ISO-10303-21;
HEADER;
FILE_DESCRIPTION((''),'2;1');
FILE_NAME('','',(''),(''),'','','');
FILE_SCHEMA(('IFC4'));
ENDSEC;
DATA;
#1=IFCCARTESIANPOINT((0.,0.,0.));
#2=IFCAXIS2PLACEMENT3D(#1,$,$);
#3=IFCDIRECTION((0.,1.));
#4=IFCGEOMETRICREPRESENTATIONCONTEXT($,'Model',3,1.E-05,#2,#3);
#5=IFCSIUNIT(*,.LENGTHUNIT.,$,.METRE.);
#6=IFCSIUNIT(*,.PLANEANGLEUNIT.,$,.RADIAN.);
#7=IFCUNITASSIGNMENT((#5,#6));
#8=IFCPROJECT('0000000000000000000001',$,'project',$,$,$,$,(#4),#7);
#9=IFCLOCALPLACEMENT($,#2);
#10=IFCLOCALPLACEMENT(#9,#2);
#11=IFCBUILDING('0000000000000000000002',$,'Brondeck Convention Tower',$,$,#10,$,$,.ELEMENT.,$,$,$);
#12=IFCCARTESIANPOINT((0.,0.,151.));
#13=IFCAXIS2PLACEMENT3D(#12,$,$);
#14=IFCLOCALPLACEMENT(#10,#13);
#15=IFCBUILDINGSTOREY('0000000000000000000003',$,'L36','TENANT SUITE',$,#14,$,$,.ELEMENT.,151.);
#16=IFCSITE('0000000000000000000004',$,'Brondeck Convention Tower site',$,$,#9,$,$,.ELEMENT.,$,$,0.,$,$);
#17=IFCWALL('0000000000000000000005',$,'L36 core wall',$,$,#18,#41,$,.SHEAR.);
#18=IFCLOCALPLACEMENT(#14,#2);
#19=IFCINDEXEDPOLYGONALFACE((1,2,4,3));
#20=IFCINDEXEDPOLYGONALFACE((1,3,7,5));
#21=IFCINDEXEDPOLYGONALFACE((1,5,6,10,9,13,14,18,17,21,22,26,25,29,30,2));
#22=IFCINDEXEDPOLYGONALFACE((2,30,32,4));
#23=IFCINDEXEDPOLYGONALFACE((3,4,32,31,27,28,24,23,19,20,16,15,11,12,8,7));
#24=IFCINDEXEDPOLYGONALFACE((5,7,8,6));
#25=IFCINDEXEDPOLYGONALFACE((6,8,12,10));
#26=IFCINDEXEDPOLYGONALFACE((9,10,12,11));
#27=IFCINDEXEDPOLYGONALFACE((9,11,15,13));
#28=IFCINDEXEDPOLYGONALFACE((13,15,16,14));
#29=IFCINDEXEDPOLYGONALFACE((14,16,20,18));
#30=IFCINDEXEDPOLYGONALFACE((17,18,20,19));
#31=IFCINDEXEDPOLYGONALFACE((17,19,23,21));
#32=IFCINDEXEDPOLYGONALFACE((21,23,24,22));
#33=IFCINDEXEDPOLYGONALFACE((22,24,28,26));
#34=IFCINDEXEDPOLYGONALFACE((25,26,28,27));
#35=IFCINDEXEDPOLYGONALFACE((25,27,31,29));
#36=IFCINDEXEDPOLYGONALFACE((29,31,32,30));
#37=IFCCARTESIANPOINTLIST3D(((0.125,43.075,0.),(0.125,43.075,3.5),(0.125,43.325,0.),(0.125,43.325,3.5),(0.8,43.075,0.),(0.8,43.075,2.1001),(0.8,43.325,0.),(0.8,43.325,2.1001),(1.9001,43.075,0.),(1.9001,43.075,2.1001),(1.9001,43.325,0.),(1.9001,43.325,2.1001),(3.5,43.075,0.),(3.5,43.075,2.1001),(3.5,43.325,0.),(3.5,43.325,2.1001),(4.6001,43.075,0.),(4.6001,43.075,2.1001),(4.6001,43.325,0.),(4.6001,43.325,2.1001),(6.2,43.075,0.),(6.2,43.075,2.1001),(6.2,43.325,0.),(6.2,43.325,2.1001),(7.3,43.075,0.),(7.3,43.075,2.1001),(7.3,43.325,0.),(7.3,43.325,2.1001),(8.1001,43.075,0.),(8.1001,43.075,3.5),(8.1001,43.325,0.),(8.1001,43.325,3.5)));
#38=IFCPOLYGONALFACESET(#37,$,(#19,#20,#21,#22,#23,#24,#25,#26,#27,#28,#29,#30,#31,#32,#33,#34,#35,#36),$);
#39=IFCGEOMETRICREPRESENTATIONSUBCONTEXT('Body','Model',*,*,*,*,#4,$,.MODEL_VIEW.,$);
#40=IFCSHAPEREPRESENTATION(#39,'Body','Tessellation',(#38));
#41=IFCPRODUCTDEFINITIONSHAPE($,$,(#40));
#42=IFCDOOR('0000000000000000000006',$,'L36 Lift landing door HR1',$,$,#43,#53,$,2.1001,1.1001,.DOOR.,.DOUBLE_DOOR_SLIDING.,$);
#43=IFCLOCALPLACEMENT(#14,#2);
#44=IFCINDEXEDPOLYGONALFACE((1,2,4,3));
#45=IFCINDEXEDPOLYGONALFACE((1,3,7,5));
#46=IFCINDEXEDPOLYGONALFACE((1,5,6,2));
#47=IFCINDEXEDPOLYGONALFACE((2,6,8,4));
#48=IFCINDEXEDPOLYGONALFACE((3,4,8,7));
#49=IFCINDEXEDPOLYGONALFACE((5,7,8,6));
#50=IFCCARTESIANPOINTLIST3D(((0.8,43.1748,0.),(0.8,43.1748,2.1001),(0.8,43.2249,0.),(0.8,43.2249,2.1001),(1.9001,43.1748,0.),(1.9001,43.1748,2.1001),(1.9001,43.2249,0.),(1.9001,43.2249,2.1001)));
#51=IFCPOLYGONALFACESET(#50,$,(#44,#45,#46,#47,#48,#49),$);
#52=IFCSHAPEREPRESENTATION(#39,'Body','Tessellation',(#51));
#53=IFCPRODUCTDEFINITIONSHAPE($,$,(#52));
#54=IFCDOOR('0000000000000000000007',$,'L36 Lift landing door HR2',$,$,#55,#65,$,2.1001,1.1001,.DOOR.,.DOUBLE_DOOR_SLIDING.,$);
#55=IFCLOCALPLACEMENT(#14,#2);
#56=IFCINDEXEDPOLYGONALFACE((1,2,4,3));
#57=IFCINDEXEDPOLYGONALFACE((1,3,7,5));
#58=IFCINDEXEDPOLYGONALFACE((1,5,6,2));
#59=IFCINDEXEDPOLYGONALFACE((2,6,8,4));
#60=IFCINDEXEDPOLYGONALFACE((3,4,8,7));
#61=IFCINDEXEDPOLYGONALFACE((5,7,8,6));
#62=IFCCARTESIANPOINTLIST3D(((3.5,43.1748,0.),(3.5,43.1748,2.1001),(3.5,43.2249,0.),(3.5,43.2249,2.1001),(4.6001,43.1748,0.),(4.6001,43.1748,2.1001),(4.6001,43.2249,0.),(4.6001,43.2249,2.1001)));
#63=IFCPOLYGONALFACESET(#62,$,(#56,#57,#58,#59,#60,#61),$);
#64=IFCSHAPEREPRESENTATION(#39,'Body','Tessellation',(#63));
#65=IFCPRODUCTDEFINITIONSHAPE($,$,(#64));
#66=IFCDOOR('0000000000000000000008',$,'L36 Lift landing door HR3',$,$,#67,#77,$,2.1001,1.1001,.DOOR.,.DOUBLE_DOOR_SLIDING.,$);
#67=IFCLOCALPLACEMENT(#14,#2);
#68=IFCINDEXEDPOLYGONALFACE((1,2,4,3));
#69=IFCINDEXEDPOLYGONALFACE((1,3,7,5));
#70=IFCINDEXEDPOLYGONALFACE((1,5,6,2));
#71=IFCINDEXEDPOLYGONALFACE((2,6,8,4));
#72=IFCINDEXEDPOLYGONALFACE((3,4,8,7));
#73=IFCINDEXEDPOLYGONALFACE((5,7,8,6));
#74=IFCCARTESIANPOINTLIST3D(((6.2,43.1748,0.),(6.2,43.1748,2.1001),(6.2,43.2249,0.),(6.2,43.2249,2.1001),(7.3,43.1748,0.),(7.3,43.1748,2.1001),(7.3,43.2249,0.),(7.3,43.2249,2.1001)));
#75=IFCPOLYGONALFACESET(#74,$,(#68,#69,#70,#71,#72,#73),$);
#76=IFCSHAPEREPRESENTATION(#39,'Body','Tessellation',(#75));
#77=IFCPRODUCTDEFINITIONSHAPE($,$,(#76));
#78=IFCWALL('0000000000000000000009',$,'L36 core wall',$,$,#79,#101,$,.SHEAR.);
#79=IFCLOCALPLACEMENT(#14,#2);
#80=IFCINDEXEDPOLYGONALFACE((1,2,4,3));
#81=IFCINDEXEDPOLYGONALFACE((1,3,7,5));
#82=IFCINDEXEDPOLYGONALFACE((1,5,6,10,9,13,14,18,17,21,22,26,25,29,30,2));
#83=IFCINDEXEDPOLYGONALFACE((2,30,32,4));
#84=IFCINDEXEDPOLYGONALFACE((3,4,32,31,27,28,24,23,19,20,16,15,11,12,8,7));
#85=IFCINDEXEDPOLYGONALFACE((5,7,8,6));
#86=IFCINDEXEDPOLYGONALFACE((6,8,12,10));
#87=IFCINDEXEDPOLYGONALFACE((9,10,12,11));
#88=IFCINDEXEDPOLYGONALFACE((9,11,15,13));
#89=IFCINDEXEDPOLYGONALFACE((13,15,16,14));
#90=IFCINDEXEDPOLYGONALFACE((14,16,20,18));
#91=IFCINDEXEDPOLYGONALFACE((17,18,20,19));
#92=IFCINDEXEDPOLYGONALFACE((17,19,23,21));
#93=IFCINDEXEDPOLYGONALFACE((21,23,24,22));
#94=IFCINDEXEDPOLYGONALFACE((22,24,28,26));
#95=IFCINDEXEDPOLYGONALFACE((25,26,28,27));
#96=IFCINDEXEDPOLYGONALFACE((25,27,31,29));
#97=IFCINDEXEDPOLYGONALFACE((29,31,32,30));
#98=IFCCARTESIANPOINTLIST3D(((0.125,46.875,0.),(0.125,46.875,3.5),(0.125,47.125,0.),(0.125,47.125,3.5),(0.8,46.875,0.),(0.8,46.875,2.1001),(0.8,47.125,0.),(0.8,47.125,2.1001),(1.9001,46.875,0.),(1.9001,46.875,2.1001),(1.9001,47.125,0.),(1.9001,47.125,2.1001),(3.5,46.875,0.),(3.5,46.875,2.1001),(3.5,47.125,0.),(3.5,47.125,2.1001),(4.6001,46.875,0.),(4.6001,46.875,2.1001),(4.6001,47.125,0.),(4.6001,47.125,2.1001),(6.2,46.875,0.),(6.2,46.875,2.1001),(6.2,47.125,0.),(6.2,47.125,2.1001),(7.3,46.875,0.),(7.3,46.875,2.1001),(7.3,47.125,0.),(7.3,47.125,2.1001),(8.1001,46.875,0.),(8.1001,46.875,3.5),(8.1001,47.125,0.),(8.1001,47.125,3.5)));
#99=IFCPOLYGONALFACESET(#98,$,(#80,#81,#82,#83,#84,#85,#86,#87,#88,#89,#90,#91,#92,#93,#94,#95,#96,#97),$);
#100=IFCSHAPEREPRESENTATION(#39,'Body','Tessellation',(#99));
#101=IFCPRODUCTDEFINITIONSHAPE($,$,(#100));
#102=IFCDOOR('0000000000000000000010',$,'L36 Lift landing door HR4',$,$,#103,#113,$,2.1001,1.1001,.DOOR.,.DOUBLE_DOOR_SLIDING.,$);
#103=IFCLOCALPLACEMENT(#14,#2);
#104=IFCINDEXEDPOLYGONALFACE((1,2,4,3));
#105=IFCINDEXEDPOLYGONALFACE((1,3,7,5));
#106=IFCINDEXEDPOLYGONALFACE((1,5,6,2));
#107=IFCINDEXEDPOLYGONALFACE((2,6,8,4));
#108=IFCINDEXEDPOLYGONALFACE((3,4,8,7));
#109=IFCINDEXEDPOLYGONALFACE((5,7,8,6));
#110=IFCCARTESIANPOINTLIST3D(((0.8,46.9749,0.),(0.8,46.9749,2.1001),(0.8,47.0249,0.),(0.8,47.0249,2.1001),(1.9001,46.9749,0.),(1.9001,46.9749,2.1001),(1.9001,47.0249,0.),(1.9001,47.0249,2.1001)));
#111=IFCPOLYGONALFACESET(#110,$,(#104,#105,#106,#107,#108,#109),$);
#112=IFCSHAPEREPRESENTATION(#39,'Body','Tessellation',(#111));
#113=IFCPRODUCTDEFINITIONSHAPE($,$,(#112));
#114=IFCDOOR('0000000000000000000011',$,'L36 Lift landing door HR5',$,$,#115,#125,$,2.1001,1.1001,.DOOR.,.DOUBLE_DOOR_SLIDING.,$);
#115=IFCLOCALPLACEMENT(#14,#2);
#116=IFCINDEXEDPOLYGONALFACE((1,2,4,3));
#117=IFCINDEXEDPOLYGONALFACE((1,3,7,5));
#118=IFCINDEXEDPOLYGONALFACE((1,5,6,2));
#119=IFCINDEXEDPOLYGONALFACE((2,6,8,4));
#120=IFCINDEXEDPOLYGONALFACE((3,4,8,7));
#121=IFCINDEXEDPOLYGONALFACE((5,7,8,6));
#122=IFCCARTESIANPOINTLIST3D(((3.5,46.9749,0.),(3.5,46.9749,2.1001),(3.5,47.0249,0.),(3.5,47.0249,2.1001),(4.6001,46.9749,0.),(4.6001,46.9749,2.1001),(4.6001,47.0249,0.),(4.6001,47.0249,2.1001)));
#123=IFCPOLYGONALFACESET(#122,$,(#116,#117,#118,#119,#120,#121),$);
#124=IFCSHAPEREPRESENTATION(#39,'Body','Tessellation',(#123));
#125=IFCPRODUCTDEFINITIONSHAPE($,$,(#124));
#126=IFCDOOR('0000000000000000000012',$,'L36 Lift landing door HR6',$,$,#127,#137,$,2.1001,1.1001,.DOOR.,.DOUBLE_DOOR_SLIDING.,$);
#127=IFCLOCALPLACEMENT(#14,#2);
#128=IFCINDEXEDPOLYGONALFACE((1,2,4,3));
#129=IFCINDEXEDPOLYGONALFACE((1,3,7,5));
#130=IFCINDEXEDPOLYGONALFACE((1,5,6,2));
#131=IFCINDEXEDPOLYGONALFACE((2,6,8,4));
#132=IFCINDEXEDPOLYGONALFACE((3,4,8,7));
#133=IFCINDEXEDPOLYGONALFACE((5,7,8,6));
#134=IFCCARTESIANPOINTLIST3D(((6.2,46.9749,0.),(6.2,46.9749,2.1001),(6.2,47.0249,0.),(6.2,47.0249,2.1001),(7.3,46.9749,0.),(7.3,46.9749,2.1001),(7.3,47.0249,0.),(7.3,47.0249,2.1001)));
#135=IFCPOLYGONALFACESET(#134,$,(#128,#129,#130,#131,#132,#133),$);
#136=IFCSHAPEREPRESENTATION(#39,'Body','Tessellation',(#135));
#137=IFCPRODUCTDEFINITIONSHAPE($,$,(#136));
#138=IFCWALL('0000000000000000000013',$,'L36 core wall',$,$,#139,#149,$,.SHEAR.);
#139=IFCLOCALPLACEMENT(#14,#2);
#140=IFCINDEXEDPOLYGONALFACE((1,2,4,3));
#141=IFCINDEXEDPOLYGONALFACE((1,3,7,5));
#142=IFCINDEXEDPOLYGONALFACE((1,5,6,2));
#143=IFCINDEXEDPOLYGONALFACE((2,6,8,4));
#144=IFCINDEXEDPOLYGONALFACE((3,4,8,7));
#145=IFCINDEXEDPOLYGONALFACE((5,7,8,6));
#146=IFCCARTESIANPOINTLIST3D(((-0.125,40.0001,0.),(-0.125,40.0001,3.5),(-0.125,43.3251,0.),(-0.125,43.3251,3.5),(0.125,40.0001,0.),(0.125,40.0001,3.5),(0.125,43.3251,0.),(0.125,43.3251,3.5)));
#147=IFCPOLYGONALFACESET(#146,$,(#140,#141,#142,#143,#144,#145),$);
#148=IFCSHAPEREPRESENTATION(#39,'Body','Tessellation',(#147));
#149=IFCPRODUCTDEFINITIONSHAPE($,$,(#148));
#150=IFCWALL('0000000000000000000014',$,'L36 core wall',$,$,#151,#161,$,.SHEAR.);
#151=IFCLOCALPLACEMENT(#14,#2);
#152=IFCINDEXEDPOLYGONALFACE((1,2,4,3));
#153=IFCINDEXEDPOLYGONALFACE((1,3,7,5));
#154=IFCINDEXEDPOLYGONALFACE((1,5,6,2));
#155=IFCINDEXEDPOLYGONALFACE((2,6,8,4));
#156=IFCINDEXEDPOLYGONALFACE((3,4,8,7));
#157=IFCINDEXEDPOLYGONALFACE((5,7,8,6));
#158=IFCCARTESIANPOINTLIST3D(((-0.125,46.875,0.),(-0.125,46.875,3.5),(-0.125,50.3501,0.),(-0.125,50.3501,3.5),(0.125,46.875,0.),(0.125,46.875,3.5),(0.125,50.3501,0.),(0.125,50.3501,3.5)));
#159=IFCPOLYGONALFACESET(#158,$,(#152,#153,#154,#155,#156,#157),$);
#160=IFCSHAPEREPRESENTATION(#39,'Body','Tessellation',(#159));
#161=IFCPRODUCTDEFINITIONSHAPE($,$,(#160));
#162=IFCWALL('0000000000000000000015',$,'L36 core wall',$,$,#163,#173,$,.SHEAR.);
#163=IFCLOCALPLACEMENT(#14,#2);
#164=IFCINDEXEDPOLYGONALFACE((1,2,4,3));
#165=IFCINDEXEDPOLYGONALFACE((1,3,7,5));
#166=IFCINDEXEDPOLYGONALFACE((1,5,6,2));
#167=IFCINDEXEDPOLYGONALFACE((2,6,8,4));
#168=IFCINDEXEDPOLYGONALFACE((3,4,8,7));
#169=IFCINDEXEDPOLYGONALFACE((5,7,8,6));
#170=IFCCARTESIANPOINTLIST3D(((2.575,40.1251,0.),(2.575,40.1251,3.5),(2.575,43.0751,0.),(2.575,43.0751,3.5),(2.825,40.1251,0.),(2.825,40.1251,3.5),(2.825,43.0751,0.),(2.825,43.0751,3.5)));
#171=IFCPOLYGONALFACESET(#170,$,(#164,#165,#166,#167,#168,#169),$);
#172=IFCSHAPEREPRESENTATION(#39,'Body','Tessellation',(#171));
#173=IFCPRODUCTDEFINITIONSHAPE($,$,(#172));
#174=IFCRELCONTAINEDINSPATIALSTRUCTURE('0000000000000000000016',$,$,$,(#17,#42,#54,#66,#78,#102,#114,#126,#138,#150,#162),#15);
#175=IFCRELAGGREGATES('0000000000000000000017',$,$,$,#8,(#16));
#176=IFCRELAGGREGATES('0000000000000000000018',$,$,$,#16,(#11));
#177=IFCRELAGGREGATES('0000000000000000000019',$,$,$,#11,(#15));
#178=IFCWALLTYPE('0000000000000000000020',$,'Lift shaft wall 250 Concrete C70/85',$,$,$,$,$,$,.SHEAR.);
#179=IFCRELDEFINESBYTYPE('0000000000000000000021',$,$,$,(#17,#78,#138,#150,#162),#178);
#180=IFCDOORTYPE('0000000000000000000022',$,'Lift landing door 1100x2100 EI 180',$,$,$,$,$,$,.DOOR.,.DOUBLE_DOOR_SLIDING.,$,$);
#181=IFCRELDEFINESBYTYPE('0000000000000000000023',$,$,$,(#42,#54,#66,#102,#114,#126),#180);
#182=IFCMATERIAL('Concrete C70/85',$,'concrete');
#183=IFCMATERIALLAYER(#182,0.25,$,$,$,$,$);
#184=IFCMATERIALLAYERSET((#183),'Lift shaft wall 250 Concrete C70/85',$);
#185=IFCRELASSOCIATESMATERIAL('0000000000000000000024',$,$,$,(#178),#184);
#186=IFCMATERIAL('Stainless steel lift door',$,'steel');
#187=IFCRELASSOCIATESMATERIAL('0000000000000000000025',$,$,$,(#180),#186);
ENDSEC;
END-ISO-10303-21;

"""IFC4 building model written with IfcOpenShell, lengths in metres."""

from ifc_helpers import new_model, si_unit, direction, frame, frame_2d, origin, place, context, subcontext, project, spatial, rectangle, extrude, material, layer, layer_set, type_object, element, fill, save


model = new_model("IFC4")

# Units and contexts
model_context = context("Model", 3, precision=1e-05, world=origin(), true_north=direction((0.0, 1.0)))
body_context = subcontext(model_context, "Body", "Model", "MODEL_VIEW")
ifc_project = project(units=[si_unit("LENGTHUNIT", "METRE"), si_unit("PLANEANGLEUNIT", "RADIAN")], contexts=[model_context])

# Site, building, storey
site_placement = place(None, origin())
site = spatial("IfcSite", under=ifc_project, at=site_placement, Name="Brondeck Convention Tower site", CompositionType="ELEMENT", RefElevation=0.0)
building_placement = place(site_placement, origin())
building = spatial("IfcBuilding", under=site, at=building_placement, Name="Brondeck Convention Tower", CompositionType="ELEMENT")
storey_placement = place(building_placement, frame((0.0, 0.0, 151.0)))
storey = spatial("IfcBuildingStorey", under=building, at=storey_placement, Name="L36", Description="TENANT SUITE", CompositionType="ELEMENT", Elevation=151.0)

# Shared definitions
ifc_material_1 = material(Name="Concrete C70/85", Category="concrete")

# Shared definitions
ifc_layer_1 = layer(ifc_material_1, 0.25)
ifc_layer_set_1 = layer_set([ifc_layer_1], Name="Lift shaft wall 250 Concrete C70/85")
wall_type_1 = type_object("IfcWallType", Name="Lift shaft wall 250 Concrete C70/85", PredefinedType="SHEAR", material=ifc_layer_set_1)

# Walls, openings, doors
wall_1_placement = place(storey_placement, frame((0.125, 43.2, 0.0), z_axis=(0.0, 0.0, 1.0), x_axis=(1.0, 0.0, 0.0)))
wall_1 = element("IfcWall", 1, at=wall_1_placement, inside=storey, type_object=wall_type_1, Name="L36 core wall", PredefinedType="SHEAR", context=body_context, shape_type="SweptSolid", body=[
    extrude(rectangle(XDim=7.9751, YDim=0.25, at=frame_2d((3.9875, 0.0))), origin(), (0.0, 0.0, 1.0), 3.5),
])
opening_1_placement = place(wall_1_placement, frame((0.675, 0.0, 0.0)))
opening_1 = element("IfcOpeningElement", 2, at=opening_1_placement, cuts=wall_1, PredefinedType="OPENING", context=body_context, shape_type="SweptSolid", body=[
    extrude(rectangle(XDim=1.1001, YDim=2.1001, at=frame_2d((0.55, 1.05))), frame((0.0, 0.135, 0.0), z_axis=(0.0, -1.0, 0.0), x_axis=(1.0, 0.0, 0.0)), (0.0, 0.0, 1.0), 0.27),
])
opening_2_placement = place(wall_1_placement, frame((3.375, 0.0, 0.0)))
opening_2 = element("IfcOpeningElement", 3, at=opening_2_placement, cuts=wall_1, PredefinedType="OPENING", context=body_context, shape_type="SweptSolid", body=[
    extrude(rectangle(XDim=1.1001, YDim=2.1001, at=frame_2d((0.55, 1.05))), frame((0.0, 0.135, 0.0), z_axis=(0.0, -1.0, 0.0), x_axis=(1.0, 0.0, 0.0)), (0.0, 0.0, 1.0), 0.27),
])
opening_3_placement = place(wall_1_placement, frame((6.075, 0.0, 0.0)))
opening_3 = element("IfcOpeningElement", 4, at=opening_3_placement, cuts=wall_1, PredefinedType="OPENING", context=body_context, shape_type="SweptSolid", body=[
    extrude(rectangle(XDim=1.1001, YDim=2.1001, at=frame_2d((0.55, 1.05))), frame((0.0, 0.135, 0.0), z_axis=(0.0, -1.0, 0.0), x_axis=(1.0, 0.0, 0.0)), (0.0, 0.0, 1.0), 0.27),
])
ifc_material_2 = material(Name="Stainless steel lift door", Category="steel")
door_type_1 = type_object("IfcDoorType", Name="Lift landing door 1100x2100 EI 180", OperationType="DOUBLE_DOOR_SLIDING", PredefinedType="DOOR", material=ifc_material_2)
door_1_placement = place(opening_1_placement, origin())
door_1 = element("IfcDoor", 5, at=door_1_placement, inside=storey, type_object=door_type_1, Name="L36 Lift landing door HR1", OperationType="DOUBLE_DOOR_SLIDING", OverallHeight=2.1001, OverallWidth=1.1001, PredefinedType="DOOR", context=body_context, shape_type="SweptSolid", body=[
    extrude(rectangle(XDim=1.1001, YDim=2.1001, at=frame_2d((0.55, 1.05))), frame((0.0, 0.0249, 0.0), z_axis=(0.0, -1.0, 0.0), x_axis=(1.0, 0.0, 0.0)), (0.0, 0.0, 1.0), 0.05),
])
fill(opening_1, door_1)
door_2_placement = place(opening_2_placement, origin())
door_2 = element("IfcDoor", 6, at=door_2_placement, inside=storey, type_object=door_type_1, Name="L36 Lift landing door HR2", OperationType="DOUBLE_DOOR_SLIDING", OverallHeight=2.1001, OverallWidth=1.1001, PredefinedType="DOOR", context=body_context, shape_type="SweptSolid", body=[
    extrude(rectangle(XDim=1.1001, YDim=2.1001, at=frame_2d((0.55, 1.05))), frame((0.0, 0.0249, 0.0), z_axis=(0.0, -1.0, 0.0), x_axis=(1.0, 0.0, 0.0)), (0.0, 0.0, 1.0), 0.05),
])
fill(opening_2, door_2)
door_3_placement = place(opening_3_placement, origin())
door_3 = element("IfcDoor", 7, at=door_3_placement, inside=storey, type_object=door_type_1, Name="L36 Lift landing door HR3", OperationType="DOUBLE_DOOR_SLIDING", OverallHeight=2.1001, OverallWidth=1.1001, PredefinedType="DOOR", context=body_context, shape_type="SweptSolid", body=[
    extrude(rectangle(XDim=1.1001, YDim=2.1001, at=frame_2d((0.55, 1.05))), frame((0.0, 0.0249, 0.0), z_axis=(0.0, -1.0, 0.0), x_axis=(1.0, 0.0, 0.0)), (0.0, 0.0, 1.0), 0.05),
])
fill(opening_3, door_3)
wall_2_placement = place(storey_placement, frame((0.125, 47.0, 0.0), z_axis=(0.0, 0.0, 1.0), x_axis=(1.0, 0.0, 0.0)))
wall_2 = element("IfcWall", 8, at=wall_2_placement, inside=storey, type_object=wall_type_1, Name="L36 core wall", PredefinedType="SHEAR", context=body_context, shape_type="SweptSolid", body=[
    extrude(rectangle(XDim=7.9751, YDim=0.25, at=frame_2d((3.9875, 0.0))), origin(), (0.0, 0.0, 1.0), 3.5),
])
opening_4_placement = place(wall_2_placement, frame((0.675, 0.0, 0.0)))
opening_4 = element("IfcOpeningElement", 9, at=opening_4_placement, cuts=wall_2, PredefinedType="OPENING", context=body_context, shape_type="SweptSolid", body=[
    extrude(rectangle(XDim=1.1001, YDim=2.1001, at=frame_2d((0.55, 1.05))), frame((0.0, 0.135, 0.0), z_axis=(0.0, -1.0, 0.0), x_axis=(1.0, 0.0, 0.0)), (0.0, 0.0, 1.0), 0.27),
])
opening_5_placement = place(wall_2_placement, frame((3.375, 0.0, 0.0)))
opening_5 = element("IfcOpeningElement", 10, at=opening_5_placement, cuts=wall_2, PredefinedType="OPENING", context=body_context, shape_type="SweptSolid", body=[
    extrude(rectangle(XDim=1.1001, YDim=2.1001, at=frame_2d((0.55, 1.05))), frame((0.0, 0.135, 0.0), z_axis=(0.0, -1.0, 0.0), x_axis=(1.0, 0.0, 0.0)), (0.0, 0.0, 1.0), 0.27),
])
opening_6_placement = place(wall_2_placement, frame((6.075, 0.0, 0.0)))
opening_6 = element("IfcOpeningElement", 11, at=opening_6_placement, cuts=wall_2, PredefinedType="OPENING", context=body_context, shape_type="SweptSolid", body=[
    extrude(rectangle(XDim=1.1001, YDim=2.1001, at=frame_2d((0.55, 1.05))), frame((0.0, 0.135, 0.0), z_axis=(0.0, -1.0, 0.0), x_axis=(1.0, 0.0, 0.0)), (0.0, 0.0, 1.0), 0.27),
])
door_4_placement = place(opening_4_placement, origin())
door_4 = element("IfcDoor", 12, at=door_4_placement, inside=storey, type_object=door_type_1, Name="L36 Lift landing door HR4", OperationType="DOUBLE_DOOR_SLIDING", OverallHeight=2.1001, OverallWidth=1.1001, PredefinedType="DOOR", context=body_context, shape_type="SweptSolid", body=[
    extrude(rectangle(XDim=1.1001, YDim=2.1001, at=frame_2d((0.55, 1.05))), frame((0.0, 0.0249, 0.0), z_axis=(0.0, -1.0, 0.0), x_axis=(1.0, 0.0, 0.0)), (0.0, 0.0, 1.0), 0.05),
])
fill(opening_4, door_4)
door_5_placement = place(opening_5_placement, origin())
door_5 = element("IfcDoor", 13, at=door_5_placement, inside=storey, type_object=door_type_1, Name="L36 Lift landing door HR5", OperationType="DOUBLE_DOOR_SLIDING", OverallHeight=2.1001, OverallWidth=1.1001, PredefinedType="DOOR", context=body_context, shape_type="SweptSolid", body=[
    extrude(rectangle(XDim=1.1001, YDim=2.1001, at=frame_2d((0.55, 1.05))), frame((0.0, 0.0249, 0.0), z_axis=(0.0, -1.0, 0.0), x_axis=(1.0, 0.0, 0.0)), (0.0, 0.0, 1.0), 0.05),
])
fill(opening_5, door_5)
door_6_placement = place(opening_6_placement, origin())
door_6 = element("IfcDoor", 14, at=door_6_placement, inside=storey, type_object=door_type_1, Name="L36 Lift landing door HR6", OperationType="DOUBLE_DOOR_SLIDING", OverallHeight=2.1001, OverallWidth=1.1001, PredefinedType="DOOR", context=body_context, shape_type="SweptSolid", body=[
    extrude(rectangle(XDim=1.1001, YDim=2.1001, at=frame_2d((0.55, 1.05))), frame((0.0, 0.0249, 0.0), z_axis=(0.0, -1.0, 0.0), x_axis=(1.0, 0.0, 0.0)), (0.0, 0.0, 1.0), 0.05),
])
fill(opening_6, door_6)

# Walls
wall_3_placement = place(storey_placement, frame((0.0, 40.0, 0.0), z_axis=(0.0, 0.0, 1.0), x_axis=(0.0, 1.0, 0.0)))
element("IfcWall", 15, at=wall_3_placement, inside=storey, type_object=wall_type_1, Name="L36 core wall", PredefinedType="SHEAR", context=body_context, shape_type="SweptSolid", body=[
    extrude(rectangle(XDim=3.325, YDim=0.25, at=frame_2d((1.6626, 0.0))), origin(), (0.0, 0.0, 1.0), 3.5),
])
wall_4_placement = place(storey_placement, frame((0.0, 46.875, 0.0), z_axis=(0.0, 0.0, 1.0), x_axis=(0.0, 1.0, 0.0)))
element("IfcWall", 16, at=wall_4_placement, inside=storey, type_object=wall_type_1, Name="L36 core wall", PredefinedType="SHEAR", context=body_context, shape_type="SweptSolid", body=[
    extrude(rectangle(XDim=3.4751, YDim=0.25, at=frame_2d((1.7375, 0.0))), origin(), (0.0, 0.0, 1.0), 3.5),
])
for number, where, z_axis, x_axis, name in (
    (17, (2.7, 40.125, 0.0), (0.0, 0.0, 1.0), (0.0, 1.0, 0.0), "L36 core wall"),
):
    element("IfcWall", number, at=place(storey_placement, frame(where, z_axis=z_axis, x_axis=x_axis)), inside=storey, type_object=wall_type_1, Name=name, PredefinedType="SHEAR", context=body_context, shape_type="SweptSolid", body=[
        extrude(rectangle(XDim=2.95, YDim=0.25, at=frame_2d((1.4751, 0.0))), origin(), (0.0, 0.0, 1.0), 3.5),
    ])

save(model, "model.ifc")
